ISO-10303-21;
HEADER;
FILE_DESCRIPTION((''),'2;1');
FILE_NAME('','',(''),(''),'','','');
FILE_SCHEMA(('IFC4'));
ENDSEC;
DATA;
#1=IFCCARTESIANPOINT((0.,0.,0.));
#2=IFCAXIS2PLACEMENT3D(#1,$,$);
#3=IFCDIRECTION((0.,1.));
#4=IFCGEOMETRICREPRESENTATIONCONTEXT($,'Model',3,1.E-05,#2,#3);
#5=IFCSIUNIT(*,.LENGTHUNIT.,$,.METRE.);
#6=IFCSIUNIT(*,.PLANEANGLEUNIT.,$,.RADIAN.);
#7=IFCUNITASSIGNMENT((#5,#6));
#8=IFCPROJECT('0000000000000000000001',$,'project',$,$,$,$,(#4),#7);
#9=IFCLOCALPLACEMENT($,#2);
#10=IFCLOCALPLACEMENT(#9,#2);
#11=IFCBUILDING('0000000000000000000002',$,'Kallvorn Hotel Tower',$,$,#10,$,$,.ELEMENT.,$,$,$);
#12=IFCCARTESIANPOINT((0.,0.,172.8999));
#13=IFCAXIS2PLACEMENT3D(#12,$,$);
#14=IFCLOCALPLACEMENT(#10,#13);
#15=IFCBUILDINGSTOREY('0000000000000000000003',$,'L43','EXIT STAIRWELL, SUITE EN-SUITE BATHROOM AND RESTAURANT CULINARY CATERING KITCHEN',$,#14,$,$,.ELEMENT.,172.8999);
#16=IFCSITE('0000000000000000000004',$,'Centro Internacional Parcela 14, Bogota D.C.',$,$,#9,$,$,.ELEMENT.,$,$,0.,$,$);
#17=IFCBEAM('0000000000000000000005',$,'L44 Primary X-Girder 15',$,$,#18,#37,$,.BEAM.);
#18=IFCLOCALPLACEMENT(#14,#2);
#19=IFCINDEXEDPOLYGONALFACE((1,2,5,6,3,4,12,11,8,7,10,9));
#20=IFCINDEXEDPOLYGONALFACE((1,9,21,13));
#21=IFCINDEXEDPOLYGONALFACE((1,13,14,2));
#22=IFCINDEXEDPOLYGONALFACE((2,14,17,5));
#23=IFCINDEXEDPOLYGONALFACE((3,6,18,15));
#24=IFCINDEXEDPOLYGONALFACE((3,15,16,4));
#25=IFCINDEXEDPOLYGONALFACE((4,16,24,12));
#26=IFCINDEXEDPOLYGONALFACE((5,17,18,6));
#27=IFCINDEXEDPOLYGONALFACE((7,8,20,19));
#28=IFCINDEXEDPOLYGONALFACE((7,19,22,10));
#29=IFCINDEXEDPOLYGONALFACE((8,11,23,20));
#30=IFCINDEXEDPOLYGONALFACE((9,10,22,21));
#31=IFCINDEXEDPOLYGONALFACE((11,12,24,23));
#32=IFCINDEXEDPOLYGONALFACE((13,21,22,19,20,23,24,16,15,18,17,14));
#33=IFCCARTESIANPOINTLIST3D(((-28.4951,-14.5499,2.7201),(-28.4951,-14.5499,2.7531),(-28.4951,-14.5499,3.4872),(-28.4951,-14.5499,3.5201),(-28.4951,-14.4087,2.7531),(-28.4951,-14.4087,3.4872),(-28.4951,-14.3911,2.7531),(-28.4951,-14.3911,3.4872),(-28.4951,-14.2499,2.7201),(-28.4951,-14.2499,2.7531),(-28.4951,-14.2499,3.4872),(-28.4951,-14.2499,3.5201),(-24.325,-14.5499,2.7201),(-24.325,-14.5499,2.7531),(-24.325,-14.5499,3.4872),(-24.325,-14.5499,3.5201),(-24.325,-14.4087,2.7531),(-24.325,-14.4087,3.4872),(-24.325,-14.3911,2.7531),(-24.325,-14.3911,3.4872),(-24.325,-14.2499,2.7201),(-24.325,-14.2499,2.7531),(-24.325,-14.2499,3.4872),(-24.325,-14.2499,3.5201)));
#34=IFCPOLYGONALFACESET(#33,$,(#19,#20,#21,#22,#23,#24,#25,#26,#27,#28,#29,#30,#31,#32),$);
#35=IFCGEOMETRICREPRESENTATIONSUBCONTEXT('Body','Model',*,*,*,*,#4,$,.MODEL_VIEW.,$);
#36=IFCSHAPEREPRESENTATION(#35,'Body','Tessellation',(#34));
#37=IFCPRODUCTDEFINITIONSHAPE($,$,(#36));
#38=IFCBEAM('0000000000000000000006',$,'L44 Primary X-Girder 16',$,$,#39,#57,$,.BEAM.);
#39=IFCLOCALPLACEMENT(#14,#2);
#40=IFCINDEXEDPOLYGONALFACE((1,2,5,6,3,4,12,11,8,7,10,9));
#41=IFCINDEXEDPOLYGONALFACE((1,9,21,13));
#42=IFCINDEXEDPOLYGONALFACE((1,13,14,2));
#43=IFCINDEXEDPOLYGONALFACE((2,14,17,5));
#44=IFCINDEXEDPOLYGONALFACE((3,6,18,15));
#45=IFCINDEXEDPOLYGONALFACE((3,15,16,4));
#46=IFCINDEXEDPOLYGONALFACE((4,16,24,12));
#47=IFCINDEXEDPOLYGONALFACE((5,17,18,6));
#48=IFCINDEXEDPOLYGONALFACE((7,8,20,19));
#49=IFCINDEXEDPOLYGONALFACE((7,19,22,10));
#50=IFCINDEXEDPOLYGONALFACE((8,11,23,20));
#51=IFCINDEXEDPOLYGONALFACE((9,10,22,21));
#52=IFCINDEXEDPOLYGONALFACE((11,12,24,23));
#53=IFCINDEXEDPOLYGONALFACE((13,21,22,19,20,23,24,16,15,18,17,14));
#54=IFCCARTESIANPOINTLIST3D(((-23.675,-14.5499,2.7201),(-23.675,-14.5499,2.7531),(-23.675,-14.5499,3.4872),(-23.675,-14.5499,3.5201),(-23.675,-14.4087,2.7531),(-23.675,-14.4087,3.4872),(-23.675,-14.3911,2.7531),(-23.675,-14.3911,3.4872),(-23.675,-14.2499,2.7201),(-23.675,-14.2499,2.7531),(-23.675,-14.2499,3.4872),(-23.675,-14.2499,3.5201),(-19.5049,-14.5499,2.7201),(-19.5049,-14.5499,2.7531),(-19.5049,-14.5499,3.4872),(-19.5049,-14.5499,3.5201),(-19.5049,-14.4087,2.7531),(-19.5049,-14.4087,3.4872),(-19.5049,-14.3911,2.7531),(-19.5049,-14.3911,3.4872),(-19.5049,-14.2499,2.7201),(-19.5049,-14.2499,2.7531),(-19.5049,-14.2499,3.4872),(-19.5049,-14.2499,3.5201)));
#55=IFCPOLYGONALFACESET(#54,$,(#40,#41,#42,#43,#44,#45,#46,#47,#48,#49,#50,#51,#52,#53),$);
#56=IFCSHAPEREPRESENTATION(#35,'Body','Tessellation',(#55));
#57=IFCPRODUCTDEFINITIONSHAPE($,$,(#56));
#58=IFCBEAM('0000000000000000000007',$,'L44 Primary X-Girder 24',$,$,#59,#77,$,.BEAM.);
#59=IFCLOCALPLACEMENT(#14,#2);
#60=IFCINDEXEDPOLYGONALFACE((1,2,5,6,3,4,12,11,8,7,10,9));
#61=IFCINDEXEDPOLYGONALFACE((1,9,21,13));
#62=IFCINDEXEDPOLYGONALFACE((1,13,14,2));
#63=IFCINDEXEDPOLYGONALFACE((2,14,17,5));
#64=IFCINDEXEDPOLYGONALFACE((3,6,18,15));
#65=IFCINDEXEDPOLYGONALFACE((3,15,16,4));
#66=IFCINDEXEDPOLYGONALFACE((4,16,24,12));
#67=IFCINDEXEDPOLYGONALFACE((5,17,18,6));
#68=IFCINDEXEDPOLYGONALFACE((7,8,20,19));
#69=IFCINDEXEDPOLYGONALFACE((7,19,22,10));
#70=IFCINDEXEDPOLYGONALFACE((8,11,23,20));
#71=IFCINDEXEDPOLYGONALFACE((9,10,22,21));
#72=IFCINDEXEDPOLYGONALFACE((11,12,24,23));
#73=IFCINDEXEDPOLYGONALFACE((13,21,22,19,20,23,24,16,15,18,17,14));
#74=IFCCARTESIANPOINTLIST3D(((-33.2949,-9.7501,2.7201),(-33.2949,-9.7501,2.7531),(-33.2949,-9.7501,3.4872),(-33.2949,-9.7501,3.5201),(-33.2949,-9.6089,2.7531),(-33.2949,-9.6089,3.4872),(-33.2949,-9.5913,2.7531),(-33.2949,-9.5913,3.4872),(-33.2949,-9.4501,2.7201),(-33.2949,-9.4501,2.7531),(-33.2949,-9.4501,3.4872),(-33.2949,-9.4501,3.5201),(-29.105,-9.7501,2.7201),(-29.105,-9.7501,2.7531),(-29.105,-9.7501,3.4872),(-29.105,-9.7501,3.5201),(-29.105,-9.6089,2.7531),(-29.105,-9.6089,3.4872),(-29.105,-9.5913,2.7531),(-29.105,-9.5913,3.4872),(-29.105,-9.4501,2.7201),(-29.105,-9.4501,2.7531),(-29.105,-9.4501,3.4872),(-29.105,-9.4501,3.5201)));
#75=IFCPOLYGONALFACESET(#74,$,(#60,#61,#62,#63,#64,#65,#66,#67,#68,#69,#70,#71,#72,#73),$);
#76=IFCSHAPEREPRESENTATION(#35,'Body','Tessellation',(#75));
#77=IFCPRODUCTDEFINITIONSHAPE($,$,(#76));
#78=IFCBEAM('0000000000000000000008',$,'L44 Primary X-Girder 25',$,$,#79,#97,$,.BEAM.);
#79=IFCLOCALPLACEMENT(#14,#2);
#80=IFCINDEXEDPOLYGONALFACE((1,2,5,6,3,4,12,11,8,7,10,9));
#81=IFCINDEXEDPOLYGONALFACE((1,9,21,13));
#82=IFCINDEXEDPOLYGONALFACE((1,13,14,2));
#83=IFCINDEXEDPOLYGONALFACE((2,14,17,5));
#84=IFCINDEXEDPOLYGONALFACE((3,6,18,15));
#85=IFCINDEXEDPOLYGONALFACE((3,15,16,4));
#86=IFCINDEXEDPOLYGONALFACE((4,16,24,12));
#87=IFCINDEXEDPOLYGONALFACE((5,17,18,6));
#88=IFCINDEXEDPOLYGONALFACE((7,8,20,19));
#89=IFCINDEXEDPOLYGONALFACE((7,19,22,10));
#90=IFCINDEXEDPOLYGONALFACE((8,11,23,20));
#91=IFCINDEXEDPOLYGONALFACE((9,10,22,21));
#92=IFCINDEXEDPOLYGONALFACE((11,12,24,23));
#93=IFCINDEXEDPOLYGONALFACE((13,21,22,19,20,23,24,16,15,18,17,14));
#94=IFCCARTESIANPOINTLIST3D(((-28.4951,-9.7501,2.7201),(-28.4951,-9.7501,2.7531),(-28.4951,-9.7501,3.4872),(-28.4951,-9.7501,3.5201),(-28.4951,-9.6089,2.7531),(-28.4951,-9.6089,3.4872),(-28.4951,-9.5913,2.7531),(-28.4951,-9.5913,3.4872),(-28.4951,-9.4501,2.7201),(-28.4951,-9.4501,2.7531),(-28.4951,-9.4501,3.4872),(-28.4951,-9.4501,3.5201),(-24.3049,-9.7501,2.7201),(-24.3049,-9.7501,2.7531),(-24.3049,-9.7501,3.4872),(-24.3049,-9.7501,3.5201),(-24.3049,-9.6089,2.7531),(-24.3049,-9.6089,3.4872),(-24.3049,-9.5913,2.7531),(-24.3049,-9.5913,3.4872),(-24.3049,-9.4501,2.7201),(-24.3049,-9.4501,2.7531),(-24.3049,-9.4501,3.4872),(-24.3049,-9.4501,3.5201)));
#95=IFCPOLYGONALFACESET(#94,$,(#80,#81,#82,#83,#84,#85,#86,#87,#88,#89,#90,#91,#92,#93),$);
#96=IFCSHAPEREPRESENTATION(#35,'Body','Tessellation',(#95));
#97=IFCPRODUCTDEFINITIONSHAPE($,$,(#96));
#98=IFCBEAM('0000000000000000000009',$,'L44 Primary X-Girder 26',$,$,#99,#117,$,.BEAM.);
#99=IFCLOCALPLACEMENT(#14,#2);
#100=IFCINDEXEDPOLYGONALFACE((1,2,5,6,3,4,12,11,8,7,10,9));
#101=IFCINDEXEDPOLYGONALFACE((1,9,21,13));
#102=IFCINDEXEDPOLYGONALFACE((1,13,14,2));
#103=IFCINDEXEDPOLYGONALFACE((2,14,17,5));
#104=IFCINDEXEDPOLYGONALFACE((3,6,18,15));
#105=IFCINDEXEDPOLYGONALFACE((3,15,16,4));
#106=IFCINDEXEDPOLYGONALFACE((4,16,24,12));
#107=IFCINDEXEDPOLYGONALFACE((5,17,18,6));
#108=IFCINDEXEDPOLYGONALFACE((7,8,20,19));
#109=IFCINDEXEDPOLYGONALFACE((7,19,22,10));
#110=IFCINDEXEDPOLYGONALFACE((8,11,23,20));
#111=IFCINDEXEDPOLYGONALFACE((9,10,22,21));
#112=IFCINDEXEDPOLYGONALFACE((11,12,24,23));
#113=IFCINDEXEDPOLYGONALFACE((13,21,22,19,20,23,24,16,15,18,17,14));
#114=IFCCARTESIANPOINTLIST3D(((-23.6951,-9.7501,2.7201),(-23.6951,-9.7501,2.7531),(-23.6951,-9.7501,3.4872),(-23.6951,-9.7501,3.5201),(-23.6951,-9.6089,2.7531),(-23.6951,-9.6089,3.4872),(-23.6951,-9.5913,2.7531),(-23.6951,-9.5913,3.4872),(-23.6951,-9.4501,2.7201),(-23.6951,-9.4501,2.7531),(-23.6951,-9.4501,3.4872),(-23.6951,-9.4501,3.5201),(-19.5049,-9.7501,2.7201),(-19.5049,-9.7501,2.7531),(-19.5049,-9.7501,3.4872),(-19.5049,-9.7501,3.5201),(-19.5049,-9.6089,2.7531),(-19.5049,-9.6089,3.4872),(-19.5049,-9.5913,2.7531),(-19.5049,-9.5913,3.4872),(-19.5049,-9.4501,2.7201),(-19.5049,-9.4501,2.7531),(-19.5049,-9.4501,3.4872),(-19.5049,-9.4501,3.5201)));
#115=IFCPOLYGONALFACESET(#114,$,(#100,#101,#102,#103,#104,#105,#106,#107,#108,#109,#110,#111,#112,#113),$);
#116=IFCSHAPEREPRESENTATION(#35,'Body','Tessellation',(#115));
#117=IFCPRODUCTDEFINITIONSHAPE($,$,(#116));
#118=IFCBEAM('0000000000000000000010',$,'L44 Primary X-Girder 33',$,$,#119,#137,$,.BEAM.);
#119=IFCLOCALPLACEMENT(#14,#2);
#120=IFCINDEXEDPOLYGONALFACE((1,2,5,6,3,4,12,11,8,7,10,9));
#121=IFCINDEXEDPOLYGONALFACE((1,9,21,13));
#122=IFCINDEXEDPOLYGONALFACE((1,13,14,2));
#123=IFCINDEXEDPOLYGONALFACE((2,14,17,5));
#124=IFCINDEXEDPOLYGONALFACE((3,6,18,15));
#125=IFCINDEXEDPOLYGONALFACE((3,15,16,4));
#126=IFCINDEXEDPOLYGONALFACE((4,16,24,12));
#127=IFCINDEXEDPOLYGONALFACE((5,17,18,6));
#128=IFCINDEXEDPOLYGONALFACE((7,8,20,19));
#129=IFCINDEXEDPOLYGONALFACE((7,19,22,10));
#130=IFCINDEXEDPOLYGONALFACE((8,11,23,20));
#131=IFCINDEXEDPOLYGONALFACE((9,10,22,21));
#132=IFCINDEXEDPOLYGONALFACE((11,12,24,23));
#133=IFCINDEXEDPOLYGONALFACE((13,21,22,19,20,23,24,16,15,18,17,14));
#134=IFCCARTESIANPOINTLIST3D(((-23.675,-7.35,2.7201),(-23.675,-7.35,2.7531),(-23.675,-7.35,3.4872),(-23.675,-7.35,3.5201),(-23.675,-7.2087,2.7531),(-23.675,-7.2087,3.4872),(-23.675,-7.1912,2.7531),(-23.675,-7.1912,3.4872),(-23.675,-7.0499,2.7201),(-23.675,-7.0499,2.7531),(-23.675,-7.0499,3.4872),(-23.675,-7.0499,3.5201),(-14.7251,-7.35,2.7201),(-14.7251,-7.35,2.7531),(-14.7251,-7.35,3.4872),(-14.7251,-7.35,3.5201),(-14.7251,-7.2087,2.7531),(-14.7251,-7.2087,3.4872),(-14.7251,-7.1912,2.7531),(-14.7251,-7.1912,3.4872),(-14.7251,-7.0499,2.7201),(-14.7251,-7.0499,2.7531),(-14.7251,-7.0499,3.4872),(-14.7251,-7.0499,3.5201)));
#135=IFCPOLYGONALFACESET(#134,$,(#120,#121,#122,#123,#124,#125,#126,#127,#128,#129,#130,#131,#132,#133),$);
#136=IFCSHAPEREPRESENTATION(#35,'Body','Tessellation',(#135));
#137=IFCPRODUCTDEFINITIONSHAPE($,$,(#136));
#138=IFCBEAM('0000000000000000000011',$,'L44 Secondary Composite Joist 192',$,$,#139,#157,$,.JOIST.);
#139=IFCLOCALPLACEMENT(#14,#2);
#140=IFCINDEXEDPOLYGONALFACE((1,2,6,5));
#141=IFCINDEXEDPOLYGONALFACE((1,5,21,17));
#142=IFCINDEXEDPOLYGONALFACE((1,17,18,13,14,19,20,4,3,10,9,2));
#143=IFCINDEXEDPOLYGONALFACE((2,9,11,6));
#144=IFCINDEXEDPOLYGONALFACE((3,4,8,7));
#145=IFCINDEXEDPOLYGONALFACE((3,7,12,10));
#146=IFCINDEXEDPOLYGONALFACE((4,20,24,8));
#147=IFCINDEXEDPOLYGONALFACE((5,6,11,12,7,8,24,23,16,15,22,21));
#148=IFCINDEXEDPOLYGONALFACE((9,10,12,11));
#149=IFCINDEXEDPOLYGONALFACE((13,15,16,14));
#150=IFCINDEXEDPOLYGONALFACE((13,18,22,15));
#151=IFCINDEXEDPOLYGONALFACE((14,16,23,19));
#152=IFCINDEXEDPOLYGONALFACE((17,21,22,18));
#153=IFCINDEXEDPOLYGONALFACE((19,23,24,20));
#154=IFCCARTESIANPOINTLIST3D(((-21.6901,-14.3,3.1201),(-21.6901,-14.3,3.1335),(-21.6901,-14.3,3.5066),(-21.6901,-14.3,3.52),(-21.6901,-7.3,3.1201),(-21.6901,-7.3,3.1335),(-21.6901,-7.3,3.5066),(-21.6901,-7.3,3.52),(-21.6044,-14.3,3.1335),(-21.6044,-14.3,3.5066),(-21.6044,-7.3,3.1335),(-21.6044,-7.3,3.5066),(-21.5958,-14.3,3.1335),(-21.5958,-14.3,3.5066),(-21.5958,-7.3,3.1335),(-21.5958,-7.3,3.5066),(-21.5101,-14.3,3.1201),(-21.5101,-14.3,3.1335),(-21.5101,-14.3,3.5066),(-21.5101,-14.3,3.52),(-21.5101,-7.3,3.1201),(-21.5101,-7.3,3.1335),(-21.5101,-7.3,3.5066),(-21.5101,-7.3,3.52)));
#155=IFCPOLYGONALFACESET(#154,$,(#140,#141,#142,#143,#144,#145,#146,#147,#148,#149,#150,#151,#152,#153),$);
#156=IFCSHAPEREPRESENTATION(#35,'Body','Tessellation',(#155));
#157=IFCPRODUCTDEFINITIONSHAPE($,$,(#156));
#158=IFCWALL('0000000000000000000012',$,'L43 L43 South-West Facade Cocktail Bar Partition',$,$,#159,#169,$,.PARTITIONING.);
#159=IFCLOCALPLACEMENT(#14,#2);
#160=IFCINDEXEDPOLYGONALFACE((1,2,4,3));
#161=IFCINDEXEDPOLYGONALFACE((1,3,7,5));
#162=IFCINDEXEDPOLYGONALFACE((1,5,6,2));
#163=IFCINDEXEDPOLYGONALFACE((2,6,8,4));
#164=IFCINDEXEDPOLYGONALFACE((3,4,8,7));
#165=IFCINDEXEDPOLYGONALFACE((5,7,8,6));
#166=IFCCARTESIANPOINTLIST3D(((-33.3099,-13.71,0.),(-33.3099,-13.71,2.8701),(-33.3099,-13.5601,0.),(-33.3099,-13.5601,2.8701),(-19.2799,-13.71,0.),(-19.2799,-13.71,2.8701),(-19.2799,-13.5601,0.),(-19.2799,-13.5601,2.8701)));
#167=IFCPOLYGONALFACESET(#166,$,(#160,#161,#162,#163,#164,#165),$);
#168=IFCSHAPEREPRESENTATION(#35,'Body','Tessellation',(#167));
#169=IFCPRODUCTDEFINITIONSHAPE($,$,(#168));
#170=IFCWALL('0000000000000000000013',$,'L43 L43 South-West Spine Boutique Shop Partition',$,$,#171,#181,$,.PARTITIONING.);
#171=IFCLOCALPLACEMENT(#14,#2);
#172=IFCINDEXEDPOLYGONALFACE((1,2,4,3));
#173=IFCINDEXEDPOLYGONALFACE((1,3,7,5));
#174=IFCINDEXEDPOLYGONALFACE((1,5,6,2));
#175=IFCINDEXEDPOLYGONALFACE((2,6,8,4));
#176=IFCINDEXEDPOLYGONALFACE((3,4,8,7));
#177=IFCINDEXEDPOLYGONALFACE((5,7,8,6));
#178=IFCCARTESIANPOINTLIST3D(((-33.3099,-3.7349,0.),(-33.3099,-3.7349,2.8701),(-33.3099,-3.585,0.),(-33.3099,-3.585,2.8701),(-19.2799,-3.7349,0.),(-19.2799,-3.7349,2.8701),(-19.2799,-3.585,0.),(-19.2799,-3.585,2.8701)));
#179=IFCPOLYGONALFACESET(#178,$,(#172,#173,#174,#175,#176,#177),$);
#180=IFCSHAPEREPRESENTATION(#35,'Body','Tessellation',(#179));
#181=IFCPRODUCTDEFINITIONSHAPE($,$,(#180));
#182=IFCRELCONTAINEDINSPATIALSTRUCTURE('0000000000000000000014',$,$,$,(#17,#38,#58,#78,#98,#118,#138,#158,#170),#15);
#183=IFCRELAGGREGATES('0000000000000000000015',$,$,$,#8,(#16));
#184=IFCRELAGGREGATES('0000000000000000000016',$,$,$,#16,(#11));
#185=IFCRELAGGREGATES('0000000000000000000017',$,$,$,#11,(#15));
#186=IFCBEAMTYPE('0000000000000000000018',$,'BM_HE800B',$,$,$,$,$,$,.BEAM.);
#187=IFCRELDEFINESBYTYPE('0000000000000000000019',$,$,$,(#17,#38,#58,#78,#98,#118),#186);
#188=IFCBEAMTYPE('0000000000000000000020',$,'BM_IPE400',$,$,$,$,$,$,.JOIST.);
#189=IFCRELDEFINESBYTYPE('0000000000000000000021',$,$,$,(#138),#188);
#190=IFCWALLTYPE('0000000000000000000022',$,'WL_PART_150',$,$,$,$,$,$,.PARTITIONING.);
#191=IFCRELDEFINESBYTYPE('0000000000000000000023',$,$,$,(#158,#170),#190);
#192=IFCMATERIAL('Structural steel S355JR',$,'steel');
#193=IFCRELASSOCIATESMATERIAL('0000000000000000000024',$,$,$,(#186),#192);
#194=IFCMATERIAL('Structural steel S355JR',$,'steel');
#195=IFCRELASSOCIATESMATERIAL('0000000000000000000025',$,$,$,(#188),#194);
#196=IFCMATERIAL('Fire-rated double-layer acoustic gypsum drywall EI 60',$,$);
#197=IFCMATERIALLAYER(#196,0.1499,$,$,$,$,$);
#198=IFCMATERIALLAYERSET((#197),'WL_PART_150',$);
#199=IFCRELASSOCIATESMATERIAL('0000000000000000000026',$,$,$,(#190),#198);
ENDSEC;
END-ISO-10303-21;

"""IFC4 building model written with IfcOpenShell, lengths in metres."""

from ifc_helpers import new_model, si_unit, direction, frame, frame_2d, origin, origin_2d, place, context, subcontext, project, spatial, rectangle, i_section, extrude, material, layer, layer_set, material_profile, profile_set, type_object, element, save


model = new_model("IFC4")

# Units and contexts
model_context = context("Model", 3, precision=1e-05, world=origin(), true_north=direction((0.0, 1.0)))
body_context = subcontext(model_context, "Body", "Model", "MODEL_VIEW")
ifc_project = project(units=[si_unit("LENGTHUNIT", "METRE"), si_unit("PLANEANGLEUNIT", "RADIAN")], contexts=[model_context])

# Site, building, storey
site_placement = place(None, origin())
site = spatial("IfcSite", under=ifc_project, at=site_placement, Name="Centro Internacional Parcela 14, Bogota D.C.", CompositionType="ELEMENT", RefElevation=0.0)
building_placement = place(site_placement, origin())
building = spatial("IfcBuilding", under=site, at=building_placement, Name="Kallvorn Hotel Tower", CompositionType="ELEMENT")
storey_placement = place(building_placement, frame((0.0, 0.0, 172.8999)))
storey = spatial("IfcBuildingStorey", under=building, at=storey_placement, Name="L43", Description="EXIT STAIRWELL, SUITE EN-SUITE BATHROOM AND RESTAURANT CULINARY CATERING KITCHEN", CompositionType="ELEMENT", Elevation=172.8999)

# Beams
ifc_material_1 = material(Name="Structural steel S355JR", Category="steel")
ifc_material_profile_1 = material_profile(ifc_material_1, i_section(OverallWidth=0.3, OverallDepth=0.8, WebThickness=0.0176, FlangeThickness=0.033, at=origin_2d()), Name="HE 800 B")
ifc_profile_set_1 = profile_set([ifc_material_profile_1], Name="Structural steel S355JR")
beam_type_1 = type_object("IfcBeamType", Name="BM_HE800B", PredefinedType="BEAM", material=ifc_profile_set_1)
for number, where, z_axis, x_axis, name in (
    (1, (-28.4951, -14.3999, 3.1201), (1.0, 0.0, 0.0), (0.0, 1.0, 0.0), "L44 Primary X-Girder 15"),
    (2, (-23.675, -14.3999, 3.1201), (1.0, 0.0, 0.0), (0.0, 1.0, 0.0), "L44 Primary X-Girder 16"),
):
    element("IfcBeam", number, at=place(storey_placement, frame(where, z_axis=z_axis, x_axis=x_axis)), inside=storey, type_object=beam_type_1, Name=name, PredefinedType="BEAM", context=body_context, shape_type="SweptSolid", body=[
        extrude(i_section(OverallWidth=0.3, OverallDepth=0.8, WebThickness=0.0176, FlangeThickness=0.033, at=origin_2d()), origin(), (0.0, 0.0, 1.0), 4.1702),
    ])
beam_1_placement = place(storey_placement, frame((-33.2949, -9.6001, 3.1201), z_axis=(1.0, 0.0, 0.0), x_axis=(0.0, 1.0, 0.0)))
element("IfcBeam", 3, at=beam_1_placement, inside=storey, type_object=beam_type_1, Name="L44 Primary X-Girder 24", PredefinedType="BEAM", context=body_context, shape_type="SweptSolid", body=[
    extrude(i_section(OverallWidth=0.3, OverallDepth=0.8, WebThickness=0.0176, FlangeThickness=0.033, at=origin_2d()), origin(), (0.0, 0.0, 1.0), 4.1899),
])
for number, where, z_axis, x_axis, name in (
    (4, (-28.4951, -9.6001, 3.1201), (1.0, 0.0, 0.0), (0.0, 1.0, 0.0), "L44 Primary X-Girder 25"),
    (5, (-23.6951, -9.6001, 3.1201), (1.0, 0.0, 0.0), (0.0, 1.0, 0.0), "L44 Primary X-Girder 26"),
):
    element("IfcBeam", number, at=place(storey_placement, frame(where, z_axis=z_axis, x_axis=x_axis)), inside=storey, type_object=beam_type_1, Name=name, PredefinedType="BEAM", context=body_context, shape_type="SweptSolid", body=[
        extrude(i_section(OverallWidth=0.3, OverallDepth=0.8, WebThickness=0.0176, FlangeThickness=0.033, at=origin_2d()), origin(), (0.0, 0.0, 1.0), 4.1902),
    ])
beam_2_placement = place(storey_placement, frame((-23.675, -7.2, 3.1201), z_axis=(1.0, 0.0, 0.0), x_axis=(0.0, 1.0, 0.0)))
element("IfcBeam", 6, at=beam_2_placement, inside=storey, type_object=beam_type_1, Name="L44 Primary X-Girder 33", PredefinedType="BEAM", context=body_context, shape_type="SweptSolid", body=[
    extrude(i_section(OverallWidth=0.3, OverallDepth=0.8, WebThickness=0.0176, FlangeThickness=0.033, at=origin_2d()), origin(), (0.0, 0.0, 1.0), 8.95),
])
ifc_material_2 = material(Name="Structural steel S355JR", Category="steel")
ifc_material_profile_2 = material_profile(ifc_material_2, i_section(OverallWidth=0.1799, OverallDepth=0.3999, WebThickness=0.0085, FlangeThickness=0.0134, at=origin_2d()), Name="IPE 400")
ifc_profile_set_2 = profile_set([ifc_material_profile_2], Name="Structural steel S355JR")
beam_type_2 = type_object("IfcBeamType", Name="BM_IPE400", PredefinedType="JOIST", material=ifc_profile_set_2)
beam_3_placement = place(storey_placement, frame((-21.6001, -14.3, 3.3201), z_axis=(0.0, 1.0, 0.0), x_axis=(-1.0, 0.0, 0.0)))
element("IfcBeam", 7, at=beam_3_placement, inside=storey, type_object=beam_type_2, Name="L44 Secondary Composite Joist 192", PredefinedType="JOIST", context=body_context, shape_type="SweptSolid", body=[
    extrude(i_section(OverallWidth=0.1799, OverallDepth=0.3999, WebThickness=0.0085, FlangeThickness=0.0134, at=origin_2d()), origin(), (0.0, 0.0, 1.0), 7.0),
])

# Walls
ifc_material_3 = material(Name="Fire-rated double-layer acoustic gypsum drywall EI 60")
ifc_layer = layer(ifc_material_3, 0.1499)
ifc_layer_set = layer_set([ifc_layer], Name="WL_PART_150")
wall_type = type_object("IfcWallType", Name="WL_PART_150", PredefinedType="PARTITIONING", material=ifc_layer_set)
for number, where, z_axis, x_axis, name in (
    (8, (-33.3101, -13.635, 0.0), (0.0, 0.0, 1.0), (1.0, 0.0, 0.0), "L43 L43 South-West Facade Cocktail Bar Partition"),
    (9, (-33.3101, -3.6599, 0.0), (0.0, 0.0, 1.0), (1.0, 0.0, 0.0), "L43 L43 South-West Spine Boutique Shop Partition"),
):
    element("IfcWall", number, at=place(storey_placement, frame(where, z_axis=z_axis, x_axis=x_axis)), inside=storey, type_object=wall_type, Name=name, PredefinedType="PARTITIONING", context=body_context, shape_type="SweptSolid", body=[
        extrude(rectangle(XDim=14.03, YDim=0.1499, at=frame_2d((7.0151, 0.0))), origin(), (0.0, 0.0, 1.0), 2.8701),
    ])

save(model, "model.ifc")
